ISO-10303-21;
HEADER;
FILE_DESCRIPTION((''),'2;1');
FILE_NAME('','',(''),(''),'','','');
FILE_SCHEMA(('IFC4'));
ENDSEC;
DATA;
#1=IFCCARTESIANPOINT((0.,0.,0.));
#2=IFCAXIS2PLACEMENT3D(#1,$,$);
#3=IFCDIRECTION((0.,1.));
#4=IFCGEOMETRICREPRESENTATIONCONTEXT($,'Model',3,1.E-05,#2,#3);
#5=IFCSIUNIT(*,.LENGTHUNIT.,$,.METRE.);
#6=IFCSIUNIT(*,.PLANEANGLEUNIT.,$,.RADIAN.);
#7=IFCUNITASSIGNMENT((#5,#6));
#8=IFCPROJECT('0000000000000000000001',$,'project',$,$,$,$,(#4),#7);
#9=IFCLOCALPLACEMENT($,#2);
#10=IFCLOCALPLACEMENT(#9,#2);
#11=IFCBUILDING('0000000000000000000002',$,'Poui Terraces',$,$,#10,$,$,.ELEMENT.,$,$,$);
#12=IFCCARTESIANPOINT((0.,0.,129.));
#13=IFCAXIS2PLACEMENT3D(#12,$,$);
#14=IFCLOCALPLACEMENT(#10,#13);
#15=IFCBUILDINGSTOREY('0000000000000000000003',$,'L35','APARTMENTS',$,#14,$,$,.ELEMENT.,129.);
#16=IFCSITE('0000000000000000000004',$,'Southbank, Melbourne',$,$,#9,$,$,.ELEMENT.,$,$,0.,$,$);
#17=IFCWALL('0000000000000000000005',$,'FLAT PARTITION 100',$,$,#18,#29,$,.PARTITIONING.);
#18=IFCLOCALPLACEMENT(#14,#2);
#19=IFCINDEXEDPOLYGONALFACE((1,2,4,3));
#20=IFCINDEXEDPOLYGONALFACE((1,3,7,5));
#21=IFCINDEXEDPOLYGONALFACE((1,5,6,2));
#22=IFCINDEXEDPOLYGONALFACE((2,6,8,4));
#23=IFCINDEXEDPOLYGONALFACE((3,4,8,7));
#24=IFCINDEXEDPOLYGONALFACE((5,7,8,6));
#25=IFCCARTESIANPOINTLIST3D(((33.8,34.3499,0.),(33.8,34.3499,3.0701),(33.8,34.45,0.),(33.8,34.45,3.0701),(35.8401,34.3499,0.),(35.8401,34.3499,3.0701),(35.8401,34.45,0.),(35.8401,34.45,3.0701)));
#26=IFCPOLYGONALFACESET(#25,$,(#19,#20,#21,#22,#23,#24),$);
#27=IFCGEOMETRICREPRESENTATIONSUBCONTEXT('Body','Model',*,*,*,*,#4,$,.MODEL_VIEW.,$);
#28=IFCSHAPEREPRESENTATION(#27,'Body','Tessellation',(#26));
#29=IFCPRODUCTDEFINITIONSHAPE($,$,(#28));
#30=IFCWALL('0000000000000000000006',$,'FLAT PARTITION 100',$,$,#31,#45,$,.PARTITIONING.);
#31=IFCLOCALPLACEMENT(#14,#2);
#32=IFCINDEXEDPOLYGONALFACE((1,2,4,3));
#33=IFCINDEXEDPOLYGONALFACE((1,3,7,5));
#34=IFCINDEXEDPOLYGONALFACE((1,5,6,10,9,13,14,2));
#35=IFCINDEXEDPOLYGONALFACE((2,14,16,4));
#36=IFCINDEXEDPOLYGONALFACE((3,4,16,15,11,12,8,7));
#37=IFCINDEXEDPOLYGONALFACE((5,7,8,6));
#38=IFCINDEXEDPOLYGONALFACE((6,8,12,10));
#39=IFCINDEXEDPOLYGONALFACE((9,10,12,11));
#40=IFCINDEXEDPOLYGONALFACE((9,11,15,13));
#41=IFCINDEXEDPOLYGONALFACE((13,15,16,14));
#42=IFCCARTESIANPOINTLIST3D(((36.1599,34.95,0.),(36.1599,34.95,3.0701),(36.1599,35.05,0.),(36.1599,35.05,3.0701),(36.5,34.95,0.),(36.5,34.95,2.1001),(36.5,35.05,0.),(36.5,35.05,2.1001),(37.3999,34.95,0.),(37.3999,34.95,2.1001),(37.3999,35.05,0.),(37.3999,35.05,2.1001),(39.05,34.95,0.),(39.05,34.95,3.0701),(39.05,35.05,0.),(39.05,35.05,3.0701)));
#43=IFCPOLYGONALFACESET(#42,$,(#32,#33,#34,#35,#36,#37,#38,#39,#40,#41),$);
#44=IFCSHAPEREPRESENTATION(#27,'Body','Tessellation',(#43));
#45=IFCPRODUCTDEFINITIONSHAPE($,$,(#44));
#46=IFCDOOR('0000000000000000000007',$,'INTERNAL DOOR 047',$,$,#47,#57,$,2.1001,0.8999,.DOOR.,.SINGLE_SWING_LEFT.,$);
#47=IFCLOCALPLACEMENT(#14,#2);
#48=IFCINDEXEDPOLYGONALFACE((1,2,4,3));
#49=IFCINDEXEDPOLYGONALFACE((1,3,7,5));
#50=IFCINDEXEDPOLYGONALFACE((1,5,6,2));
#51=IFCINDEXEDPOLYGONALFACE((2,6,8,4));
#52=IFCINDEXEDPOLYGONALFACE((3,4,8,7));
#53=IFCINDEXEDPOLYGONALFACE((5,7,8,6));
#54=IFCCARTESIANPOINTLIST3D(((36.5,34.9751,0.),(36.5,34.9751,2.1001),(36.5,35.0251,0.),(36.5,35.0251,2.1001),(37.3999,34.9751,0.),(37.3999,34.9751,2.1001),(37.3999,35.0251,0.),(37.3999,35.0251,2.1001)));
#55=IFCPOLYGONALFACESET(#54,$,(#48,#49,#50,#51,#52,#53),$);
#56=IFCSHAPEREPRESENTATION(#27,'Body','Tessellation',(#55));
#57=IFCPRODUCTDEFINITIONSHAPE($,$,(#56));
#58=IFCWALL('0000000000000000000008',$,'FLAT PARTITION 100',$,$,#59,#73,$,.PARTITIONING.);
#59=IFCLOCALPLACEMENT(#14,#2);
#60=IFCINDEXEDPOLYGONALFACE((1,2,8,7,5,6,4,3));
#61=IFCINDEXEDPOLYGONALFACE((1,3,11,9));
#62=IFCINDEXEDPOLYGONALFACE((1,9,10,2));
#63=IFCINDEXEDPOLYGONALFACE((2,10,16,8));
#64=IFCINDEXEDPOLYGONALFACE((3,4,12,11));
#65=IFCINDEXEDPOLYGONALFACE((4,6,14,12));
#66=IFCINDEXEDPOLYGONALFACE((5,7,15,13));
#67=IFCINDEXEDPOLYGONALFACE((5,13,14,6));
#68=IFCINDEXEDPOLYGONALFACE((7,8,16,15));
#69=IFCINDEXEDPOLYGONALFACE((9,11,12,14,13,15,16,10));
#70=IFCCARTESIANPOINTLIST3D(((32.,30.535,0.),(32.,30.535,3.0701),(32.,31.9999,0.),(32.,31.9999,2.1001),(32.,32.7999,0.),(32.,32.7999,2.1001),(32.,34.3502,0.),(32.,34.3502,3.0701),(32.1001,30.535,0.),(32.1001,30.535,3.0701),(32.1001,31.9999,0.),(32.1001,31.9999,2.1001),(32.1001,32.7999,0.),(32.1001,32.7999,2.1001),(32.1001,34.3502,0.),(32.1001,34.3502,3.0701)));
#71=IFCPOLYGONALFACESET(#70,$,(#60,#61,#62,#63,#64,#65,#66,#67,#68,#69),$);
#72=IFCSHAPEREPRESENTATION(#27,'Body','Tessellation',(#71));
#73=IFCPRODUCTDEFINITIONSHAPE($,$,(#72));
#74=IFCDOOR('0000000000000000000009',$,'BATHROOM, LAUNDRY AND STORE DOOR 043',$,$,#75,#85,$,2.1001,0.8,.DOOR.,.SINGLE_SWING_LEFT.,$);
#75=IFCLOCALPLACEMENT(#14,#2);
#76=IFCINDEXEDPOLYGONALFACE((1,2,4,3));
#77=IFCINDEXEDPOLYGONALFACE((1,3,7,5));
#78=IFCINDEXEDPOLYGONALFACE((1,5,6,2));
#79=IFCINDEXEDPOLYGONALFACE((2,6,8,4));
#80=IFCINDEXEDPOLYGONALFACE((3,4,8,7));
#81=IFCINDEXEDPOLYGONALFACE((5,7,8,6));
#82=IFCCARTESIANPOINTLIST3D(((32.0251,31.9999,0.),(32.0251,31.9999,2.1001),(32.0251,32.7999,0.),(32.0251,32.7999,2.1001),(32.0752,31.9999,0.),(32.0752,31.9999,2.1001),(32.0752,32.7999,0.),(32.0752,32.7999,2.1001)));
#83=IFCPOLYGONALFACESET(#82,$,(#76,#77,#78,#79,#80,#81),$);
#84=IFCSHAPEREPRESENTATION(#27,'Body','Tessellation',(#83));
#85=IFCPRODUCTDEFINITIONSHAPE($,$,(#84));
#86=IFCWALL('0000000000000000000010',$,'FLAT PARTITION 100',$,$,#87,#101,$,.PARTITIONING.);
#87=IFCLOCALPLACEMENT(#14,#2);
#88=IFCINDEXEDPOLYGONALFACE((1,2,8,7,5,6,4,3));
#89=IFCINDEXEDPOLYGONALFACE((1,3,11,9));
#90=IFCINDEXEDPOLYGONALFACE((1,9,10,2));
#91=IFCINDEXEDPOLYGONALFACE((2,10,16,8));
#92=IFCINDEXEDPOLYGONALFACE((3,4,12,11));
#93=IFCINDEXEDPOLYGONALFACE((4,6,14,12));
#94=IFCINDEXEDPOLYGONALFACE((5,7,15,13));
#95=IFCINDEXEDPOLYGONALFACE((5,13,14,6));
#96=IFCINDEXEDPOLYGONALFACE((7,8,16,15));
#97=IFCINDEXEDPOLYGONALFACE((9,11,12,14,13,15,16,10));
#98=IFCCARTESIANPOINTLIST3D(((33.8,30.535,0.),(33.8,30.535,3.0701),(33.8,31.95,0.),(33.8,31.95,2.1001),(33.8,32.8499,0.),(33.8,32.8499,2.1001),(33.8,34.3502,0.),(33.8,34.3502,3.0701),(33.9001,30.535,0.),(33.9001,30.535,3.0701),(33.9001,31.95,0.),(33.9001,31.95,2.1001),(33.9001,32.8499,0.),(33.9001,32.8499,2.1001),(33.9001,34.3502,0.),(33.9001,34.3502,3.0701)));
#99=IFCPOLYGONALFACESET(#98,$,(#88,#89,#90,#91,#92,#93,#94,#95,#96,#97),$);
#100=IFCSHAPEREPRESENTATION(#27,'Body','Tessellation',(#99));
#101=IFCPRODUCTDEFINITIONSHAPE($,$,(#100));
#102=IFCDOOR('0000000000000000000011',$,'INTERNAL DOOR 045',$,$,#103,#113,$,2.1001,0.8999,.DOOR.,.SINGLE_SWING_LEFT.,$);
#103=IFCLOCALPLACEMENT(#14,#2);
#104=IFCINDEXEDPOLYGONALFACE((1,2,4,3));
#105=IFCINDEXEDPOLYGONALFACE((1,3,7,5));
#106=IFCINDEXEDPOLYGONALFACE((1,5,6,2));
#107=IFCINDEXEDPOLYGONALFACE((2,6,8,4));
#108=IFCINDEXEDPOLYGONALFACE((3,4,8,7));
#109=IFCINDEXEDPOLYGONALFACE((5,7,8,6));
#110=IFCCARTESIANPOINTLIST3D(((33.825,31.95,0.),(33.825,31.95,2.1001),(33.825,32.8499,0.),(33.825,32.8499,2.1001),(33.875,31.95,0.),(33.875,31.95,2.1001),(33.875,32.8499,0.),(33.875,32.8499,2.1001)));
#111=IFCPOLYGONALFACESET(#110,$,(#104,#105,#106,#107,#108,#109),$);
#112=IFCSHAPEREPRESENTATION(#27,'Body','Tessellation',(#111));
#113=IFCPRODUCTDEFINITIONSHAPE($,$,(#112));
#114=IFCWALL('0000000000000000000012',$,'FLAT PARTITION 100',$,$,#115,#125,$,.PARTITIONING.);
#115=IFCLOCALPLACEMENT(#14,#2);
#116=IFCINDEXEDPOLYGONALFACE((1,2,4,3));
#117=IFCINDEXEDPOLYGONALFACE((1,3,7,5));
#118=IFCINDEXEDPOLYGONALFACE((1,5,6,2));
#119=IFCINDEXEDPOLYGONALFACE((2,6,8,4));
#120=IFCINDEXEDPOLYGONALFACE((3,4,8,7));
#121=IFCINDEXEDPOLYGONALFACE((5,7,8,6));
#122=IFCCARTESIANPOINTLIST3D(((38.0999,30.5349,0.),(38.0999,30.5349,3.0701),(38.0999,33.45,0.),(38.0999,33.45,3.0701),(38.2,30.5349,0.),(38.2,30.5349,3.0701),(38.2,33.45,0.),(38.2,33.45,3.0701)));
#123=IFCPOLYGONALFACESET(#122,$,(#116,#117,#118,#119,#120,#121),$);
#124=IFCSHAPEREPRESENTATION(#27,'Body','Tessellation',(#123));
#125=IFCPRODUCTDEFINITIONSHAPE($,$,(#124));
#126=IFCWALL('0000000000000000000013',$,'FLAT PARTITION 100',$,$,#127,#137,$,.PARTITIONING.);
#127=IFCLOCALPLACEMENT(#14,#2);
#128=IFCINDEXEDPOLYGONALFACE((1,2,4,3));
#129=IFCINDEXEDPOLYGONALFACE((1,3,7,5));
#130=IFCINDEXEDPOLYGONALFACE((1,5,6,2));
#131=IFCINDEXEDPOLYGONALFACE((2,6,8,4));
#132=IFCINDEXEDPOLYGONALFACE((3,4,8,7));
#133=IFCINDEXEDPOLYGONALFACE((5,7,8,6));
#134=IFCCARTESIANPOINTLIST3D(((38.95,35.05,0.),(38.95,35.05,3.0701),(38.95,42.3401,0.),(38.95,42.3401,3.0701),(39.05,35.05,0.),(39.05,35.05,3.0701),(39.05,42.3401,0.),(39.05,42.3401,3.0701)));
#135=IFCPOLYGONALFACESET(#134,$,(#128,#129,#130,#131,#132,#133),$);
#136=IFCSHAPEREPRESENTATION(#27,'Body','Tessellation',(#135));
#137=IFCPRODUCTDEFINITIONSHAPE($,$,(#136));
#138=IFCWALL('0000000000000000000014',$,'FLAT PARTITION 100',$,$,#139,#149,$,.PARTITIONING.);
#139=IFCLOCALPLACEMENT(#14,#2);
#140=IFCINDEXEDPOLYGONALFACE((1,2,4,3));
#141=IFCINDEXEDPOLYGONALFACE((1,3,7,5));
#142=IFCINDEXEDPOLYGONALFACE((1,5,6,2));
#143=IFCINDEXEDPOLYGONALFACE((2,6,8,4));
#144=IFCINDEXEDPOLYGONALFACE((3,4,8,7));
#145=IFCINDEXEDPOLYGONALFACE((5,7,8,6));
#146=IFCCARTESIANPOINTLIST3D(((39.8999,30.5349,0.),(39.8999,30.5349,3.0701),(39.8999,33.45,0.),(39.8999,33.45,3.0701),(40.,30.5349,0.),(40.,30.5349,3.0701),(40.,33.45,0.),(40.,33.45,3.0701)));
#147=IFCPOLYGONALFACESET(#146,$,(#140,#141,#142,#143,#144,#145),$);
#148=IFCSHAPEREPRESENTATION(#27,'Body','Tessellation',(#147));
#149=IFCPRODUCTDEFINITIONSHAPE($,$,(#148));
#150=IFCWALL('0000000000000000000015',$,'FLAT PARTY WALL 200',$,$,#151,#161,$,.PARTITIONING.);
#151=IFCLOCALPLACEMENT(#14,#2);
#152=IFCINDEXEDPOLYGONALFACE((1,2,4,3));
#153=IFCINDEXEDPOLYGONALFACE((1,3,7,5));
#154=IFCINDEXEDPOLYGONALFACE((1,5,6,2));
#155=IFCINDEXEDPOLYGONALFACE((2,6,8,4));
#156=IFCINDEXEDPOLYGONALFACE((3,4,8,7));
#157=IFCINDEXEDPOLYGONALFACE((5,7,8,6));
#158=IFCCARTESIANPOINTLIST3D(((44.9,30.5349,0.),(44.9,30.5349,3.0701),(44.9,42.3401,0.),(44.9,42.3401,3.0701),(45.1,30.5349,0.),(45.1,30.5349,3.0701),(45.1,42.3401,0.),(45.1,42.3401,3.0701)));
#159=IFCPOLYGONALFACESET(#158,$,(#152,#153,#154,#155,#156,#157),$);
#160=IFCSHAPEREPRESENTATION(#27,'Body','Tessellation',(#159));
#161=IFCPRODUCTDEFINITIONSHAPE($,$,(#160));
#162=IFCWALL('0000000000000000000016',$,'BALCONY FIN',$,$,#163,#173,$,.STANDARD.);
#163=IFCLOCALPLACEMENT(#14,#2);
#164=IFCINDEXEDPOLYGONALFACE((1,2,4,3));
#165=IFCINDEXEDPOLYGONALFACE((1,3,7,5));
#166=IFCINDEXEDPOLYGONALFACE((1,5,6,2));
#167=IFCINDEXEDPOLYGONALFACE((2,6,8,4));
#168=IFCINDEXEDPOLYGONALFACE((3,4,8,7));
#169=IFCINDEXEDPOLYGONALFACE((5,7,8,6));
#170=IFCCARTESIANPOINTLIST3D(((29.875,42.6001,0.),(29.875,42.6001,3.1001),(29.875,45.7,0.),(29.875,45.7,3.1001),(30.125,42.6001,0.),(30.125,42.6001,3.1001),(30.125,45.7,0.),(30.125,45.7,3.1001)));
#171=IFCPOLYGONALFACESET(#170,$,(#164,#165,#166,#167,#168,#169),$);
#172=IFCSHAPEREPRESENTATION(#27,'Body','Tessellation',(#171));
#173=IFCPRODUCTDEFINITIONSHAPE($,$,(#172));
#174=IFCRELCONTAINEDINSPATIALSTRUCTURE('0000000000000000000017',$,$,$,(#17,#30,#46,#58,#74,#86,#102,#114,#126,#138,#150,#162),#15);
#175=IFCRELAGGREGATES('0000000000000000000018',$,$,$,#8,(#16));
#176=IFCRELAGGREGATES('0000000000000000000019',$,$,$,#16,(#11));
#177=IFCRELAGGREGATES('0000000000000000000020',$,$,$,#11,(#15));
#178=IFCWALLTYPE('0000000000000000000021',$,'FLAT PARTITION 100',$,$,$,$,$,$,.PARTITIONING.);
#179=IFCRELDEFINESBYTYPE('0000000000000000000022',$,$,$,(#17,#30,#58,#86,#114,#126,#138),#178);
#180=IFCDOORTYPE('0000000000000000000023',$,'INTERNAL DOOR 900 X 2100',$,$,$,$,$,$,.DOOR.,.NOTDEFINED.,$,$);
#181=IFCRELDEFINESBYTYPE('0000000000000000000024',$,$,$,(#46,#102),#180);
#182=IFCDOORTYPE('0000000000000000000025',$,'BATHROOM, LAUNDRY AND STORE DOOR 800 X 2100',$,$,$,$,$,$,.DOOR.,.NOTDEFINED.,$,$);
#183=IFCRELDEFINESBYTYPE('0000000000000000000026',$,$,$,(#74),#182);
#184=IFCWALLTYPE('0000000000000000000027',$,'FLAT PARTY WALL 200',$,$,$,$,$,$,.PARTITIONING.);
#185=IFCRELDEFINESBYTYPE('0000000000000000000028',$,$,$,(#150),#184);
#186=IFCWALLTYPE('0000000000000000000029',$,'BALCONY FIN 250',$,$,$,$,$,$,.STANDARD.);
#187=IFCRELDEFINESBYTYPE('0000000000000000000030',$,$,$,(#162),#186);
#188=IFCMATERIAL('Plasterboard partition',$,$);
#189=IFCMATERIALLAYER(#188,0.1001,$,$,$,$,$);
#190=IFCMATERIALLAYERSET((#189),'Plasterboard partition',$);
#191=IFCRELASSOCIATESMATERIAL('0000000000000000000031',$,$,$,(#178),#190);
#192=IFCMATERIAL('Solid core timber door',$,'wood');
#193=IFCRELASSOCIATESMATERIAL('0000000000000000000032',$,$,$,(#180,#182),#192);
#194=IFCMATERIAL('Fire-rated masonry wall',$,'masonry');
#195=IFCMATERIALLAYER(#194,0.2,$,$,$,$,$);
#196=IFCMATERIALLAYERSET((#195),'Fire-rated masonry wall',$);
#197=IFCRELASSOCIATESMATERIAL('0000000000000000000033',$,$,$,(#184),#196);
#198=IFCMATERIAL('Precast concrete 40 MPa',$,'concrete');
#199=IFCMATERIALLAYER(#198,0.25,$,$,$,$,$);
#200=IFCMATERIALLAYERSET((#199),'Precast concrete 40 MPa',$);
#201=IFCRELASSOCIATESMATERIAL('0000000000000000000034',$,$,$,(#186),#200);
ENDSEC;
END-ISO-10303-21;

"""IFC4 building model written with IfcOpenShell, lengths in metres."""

from ifc_helpers import new_model, si_unit, direction, frame, frame_2d, origin, place, context, subcontext, project, spatial, polyline, rectangle, outline, extrude, source, transform, mapped, material, layer, layer_set, type_object, element, fill, save


model = new_model("IFC4")

# Units and contexts
model_context = context("Model", 3, precision=1e-05, world=origin(), true_north=direction((0.0, 1.0)))
body_context = subcontext(model_context, "Body", "Model", "MODEL_VIEW")
ifc_project = project(units=[si_unit("LENGTHUNIT", "METRE"), si_unit("PLANEANGLEUNIT", "RADIAN")], contexts=[model_context])

# Site, building, storey
site_placement = place(None, origin())
site = spatial("IfcSite", under=ifc_project, at=site_placement, Name="Southbank, Melbourne", CompositionType="ELEMENT", RefElevation=0.0)
building_placement = place(site_placement, origin())
building = spatial("IfcBuilding", under=site, at=building_placement, Name="Poui Terraces", CompositionType="ELEMENT")
storey_placement = place(building_placement, frame((0.0, 0.0, 129.0)))
storey = spatial("IfcBuildingStorey", under=building, at=storey_placement, Name="L35", Description="APARTMENTS", CompositionType="ELEMENT", Elevation=129.0)

# Shared definitions
ifc_material_1 = material(Name="Plasterboard partition")
ifc_layer_1 = layer(ifc_material_1, 0.1001)
ifc_layer_set_1 = layer_set([ifc_layer_1], Name="Plasterboard partition")
wall_type_1 = type_object("IfcWallType", Name="FLAT PARTITION 100", PredefinedType="PARTITIONING", material=ifc_layer_set_1)
ifc_material_2 = material(Name="Solid core timber door", Category="wood")
door_type_1 = type_object("IfcDoorType", Name="INTERNAL DOOR 900 X 2100", OperationType="NOTDEFINED", PredefinedType="DOOR", material=ifc_material_2)
door_type_2 = type_object("IfcDoorType", Name="BATHROOM, LAUNDRY AND STORE DOOR 800 X 2100", OperationType="NOTDEFINED", PredefinedType="DOOR", material=ifc_material_2)

# Wall
wall_1_placement = place(storey_placement, frame((33.8, 34.3999, 0.0), z_axis=(0.0, 0.0, 1.0), x_axis=(1.0, 0.0, 0.0)))
element("IfcWall", 1, at=wall_1_placement, inside=storey, type_object=wall_type_1, Name="FLAT PARTITION 100", PredefinedType="PARTITIONING", context=body_context, shape_type="SweptSolid", body=[
    extrude(rectangle(XDim=2.04, YDim=0.1001, at=frame_2d((1.02, 0.0))), origin(), (0.0, 0.0, 1.0), 3.0701),
])

# Walls, openings, doors
wall_2_placement = place(storey_placement, frame((36.1599, 35.0, 0.0), z_axis=(0.0, 0.0, 1.0), x_axis=(1.0, 0.0, 0.0)))
wall_2 = element("IfcWall", 2, at=wall_2_placement, inside=storey, type_object=wall_type_1, Name="FLAT PARTITION 100", PredefinedType="PARTITIONING", context=body_context, shape_type="SweptSolid", body=[
    extrude(rectangle(XDim=2.8901, YDim=0.1001, at=frame_2d((1.4451, 0.0))), origin(), (0.0, 0.0, 1.0), 3.0701),
])
opening_1_placement = place(wall_2_placement, frame((0.3401, 0.0, 0.0)))
opening_1 = element("IfcOpeningElement", 3, at=opening_1_placement, cuts=wall_2, PredefinedType="OPENING", context=body_context, shape_type="SweptSolid", body=[
    extrude(rectangle(XDim=0.8999, YDim=2.1001, at=frame_2d((0.45, 1.05))), frame((0.0, 0.0601, 0.0), z_axis=(0.0, -1.0, 0.0), x_axis=(1.0, 0.0, 0.0)), (0.0, 0.0, 1.0), 0.1201),
])
door_1_placement = place(opening_1_placement, frame((0.8999, 0.0, 0.0), z_axis=(0.0, 0.0, 1.0), x_axis=(-1.0, 0.0, 0.0)))
door_1 = element("IfcDoor", 4, at=door_1_placement, inside=storey, type_object=door_type_1, Name="INTERNAL DOOR 047", OperationType="SINGLE_SWING_LEFT", OverallHeight=2.1001, OverallWidth=0.8999, PredefinedType="DOOR", context=body_context, shape_type="SweptSolid", body=[
    extrude(rectangle(XDim=0.8999, YDim=2.1001, at=frame_2d((0.45, 1.05))), frame((0.0, 0.0249, 0.0), z_axis=(0.0, -1.0, 0.0), x_axis=(1.0, 0.0, 0.0)), (0.0, 0.0, 1.0), 0.05),
])
fill(opening_1, door_1)
wall_3_placement = place(storey_placement, frame((32.05, 30.5349, 0.0), z_axis=(0.0, 0.0, 1.0), x_axis=(0.0, 1.0, 0.0)))
wall_3 = element("IfcWall", 5, at=wall_3_placement, inside=storey, type_object=wall_type_1, Name="FLAT PARTITION 100", PredefinedType="PARTITIONING", context=body_context, shape_type="SweptSolid", body=[
    extrude(rectangle(XDim=3.8152, YDim=0.1001, at=frame_2d((1.9077, 0.0))), origin(), (0.0, 0.0, 1.0), 3.0701),
])
opening_2_placement = place(wall_3_placement, frame((1.4651, 0.0, 0.0)))
opening_2 = element("IfcOpeningElement", 6, at=opening_2_placement, cuts=wall_3, PredefinedType="OPENING", context=body_context, shape_type="SweptSolid", body=[
    extrude(rectangle(XDim=0.8, YDim=2.1001, at=frame_2d((0.3999, 1.05))), frame((0.0, 0.0601, 0.0), z_axis=(0.0, -1.0, 0.0), x_axis=(1.0, 0.0, 0.0)), (0.0, 0.0, 1.0), 0.1201),
])
door_2_placement = place(opening_2_placement, origin())
door_2 = element("IfcDoor", 7, at=door_2_placement, inside=storey, type_object=door_type_2, Name="BATHROOM, LAUNDRY AND STORE DOOR 043", OperationType="SINGLE_SWING_LEFT", OverallHeight=2.1001, OverallWidth=0.8, PredefinedType="DOOR", context=body_context, shape_type="SweptSolid", body=[
    extrude(rectangle(XDim=0.8, YDim=2.1001, at=frame_2d((0.3999, 1.05))), frame((0.0, 0.0249, 0.0), z_axis=(0.0, -1.0, 0.0), x_axis=(1.0, 0.0, 0.0)), (0.0, 0.0, 1.0), 0.05),
])
fill(opening_2, door_2)
wall_4_placement = place(storey_placement, frame((33.8501, 30.5349, 0.0), z_axis=(0.0, 0.0, 1.0), x_axis=(0.0, 1.0, 0.0)))
wall_4 = element("IfcWall", 8, at=wall_4_placement, inside=storey, type_object=wall_type_1, Name="FLAT PARTITION 100", PredefinedType="PARTITIONING", context=body_context, shape_type="SweptSolid", body=[
    extrude(rectangle(XDim=3.8152, YDim=0.1001, at=frame_2d((1.9077, 0.0))), origin(), (0.0, 0.0, 1.0), 3.0701),
])
opening_3_placement = place(wall_4_placement, frame((1.415, 0.0, 0.0)))
opening_3 = element("IfcOpeningElement", 9, at=opening_3_placement, cuts=wall_4, PredefinedType="OPENING", context=body_context, shape_type="SweptSolid", body=[
    extrude(rectangle(XDim=0.8999, YDim=2.1001, at=frame_2d((0.45, 1.05))), frame((0.0, 0.0601, 0.0), z_axis=(0.0, -1.0, 0.0), x_axis=(1.0, 0.0, 0.0)), (0.0, 0.0, 1.0), 0.1201),
])
door_3_placement = place(opening_3_placement, frame((0.8999, 0.0, 0.0), z_axis=(0.0, 0.0, 1.0), x_axis=(-1.0, 0.0, 0.0)))
door_3 = element("IfcDoor", 10, at=door_3_placement, inside=storey, type_object=door_type_1, Name="INTERNAL DOOR 045", OperationType="SINGLE_SWING_LEFT", OverallHeight=2.1001, OverallWidth=0.8999, PredefinedType="DOOR", context=body_context, shape_type="SweptSolid", body=[
    extrude(rectangle(XDim=0.8999, YDim=2.1001, at=frame_2d((0.45, 1.05))), frame((0.0, 0.0249, 0.0), z_axis=(0.0, -1.0, 0.0), x_axis=(1.0, 0.0, 0.0)), (0.0, 0.0, 1.0), 0.05),
])
fill(opening_3, door_3)

# Walls
wall_5_placement = place(storey_placement, frame((38.1499, 30.5349, 0.0), z_axis=(0.0, 0.0, 1.0), x_axis=(0.0, 1.0, 0.0)))
element("IfcWall", 11, at=wall_5_placement, inside=storey, type_object=wall_type_1, Name="FLAT PARTITION 100", PredefinedType="PARTITIONING", context=body_context, shape_type="SweptSolid", body=[
    extrude(rectangle(XDim=2.915, YDim=0.1001, at=frame_2d((1.4575, 0.0))), origin(), (0.0, 0.0, 1.0), 3.0701),
])
wall_6_placement = place(storey_placement, frame((39.0, 35.05, 0.0), z_axis=(0.0, 0.0, 1.0), x_axis=(0.0, 1.0, 0.0)))
element("IfcWall", 12, at=wall_6_placement, inside=storey, type_object=wall_type_1, Name="FLAT PARTITION 100", PredefinedType="PARTITIONING", context=body_context, shape_type="SweptSolid", body=[
    extrude(rectangle(XDim=7.29, YDim=0.1001, at=frame_2d((3.645, 0.0))), origin(), (0.0, 0.0, 1.0), 3.0701),
])
wall_7_placement = place(storey_placement, frame((39.95, 30.5349, 0.0), z_axis=(0.0, 0.0, 1.0), x_axis=(0.0, 1.0, 0.0)))
element("IfcWall", 13, at=wall_7_placement, inside=storey, type_object=wall_type_1, Name="FLAT PARTITION 100", PredefinedType="PARTITIONING", context=body_context, shape_type="SweptSolid", body=[
    extrude(rectangle(XDim=2.915, YDim=0.1001, at=frame_2d((1.4575, 0.0))), origin(), (0.0, 0.0, 1.0), 3.0701),
])
ifc_material_3 = material(Name="Fire-rated masonry wall", Category="masonry")
ifc_layer_2 = layer(ifc_material_3, 0.2)
ifc_layer_set_2 = layer_set([ifc_layer_2], Name="Fire-rated masonry wall")
wall_type_2 = type_object("IfcWallType", Name="FLAT PARTY WALL 200", PredefinedType="PARTITIONING", material=ifc_layer_set_2)
wall_8_placement = place(storey_placement, frame((45.0, 30.5349, 0.0), z_axis=(0.0, 0.0, 1.0), x_axis=(0.0, 1.0, 0.0)))
element("IfcWall", 14, at=wall_8_placement, inside=storey, type_object=wall_type_2, Name="FLAT PARTY WALL 200", PredefinedType="PARTITIONING", context=body_context, shape_type="SweptSolid", body=[
    extrude(rectangle(XDim=11.8052, YDim=0.2, at=frame_2d((5.9026, 0.0))), origin(), (0.0, 0.0, 1.0), 3.0701),
])
ifc_material_4 = material(Name="Precast concrete 40 MPa", Category="concrete")
ifc_layer_3 = layer(ifc_material_4, 0.25)
ifc_layer_set_3 = layer_set([ifc_layer_3], Name="Precast concrete 40 MPa")
wall_type_3 = type_object("IfcWallType", Name="BALCONY FIN 250", PredefinedType="STANDARD", material=ifc_layer_set_3)
shared_shape_1 = source(origin(), body_context, "Body", "SweptSolid", [
    extrude(outline(polyline([(0.0, 0.0), (0.25, 0.0), (0.25, 3.0999), (0.0, 3.0999), (0.0, 0.0)])), origin(), (0.0, 0.0, 1.0), 3.1001),
])
for number, where, name in (
    (15, (29.875, 42.6001, 0.0), "BALCONY FIN"),
):
    element("IfcWall", number, at=place(storey_placement, frame(where)), inside=storey, type_object=wall_type_3, Name=name, PredefinedType="STANDARD", context=body_context, shape_type="MappedRepresentation", body=[
        mapped(shared_shape_1, transform((0.0, 0.0, 0.0))),
    ])

save(model, "model.ifc")
